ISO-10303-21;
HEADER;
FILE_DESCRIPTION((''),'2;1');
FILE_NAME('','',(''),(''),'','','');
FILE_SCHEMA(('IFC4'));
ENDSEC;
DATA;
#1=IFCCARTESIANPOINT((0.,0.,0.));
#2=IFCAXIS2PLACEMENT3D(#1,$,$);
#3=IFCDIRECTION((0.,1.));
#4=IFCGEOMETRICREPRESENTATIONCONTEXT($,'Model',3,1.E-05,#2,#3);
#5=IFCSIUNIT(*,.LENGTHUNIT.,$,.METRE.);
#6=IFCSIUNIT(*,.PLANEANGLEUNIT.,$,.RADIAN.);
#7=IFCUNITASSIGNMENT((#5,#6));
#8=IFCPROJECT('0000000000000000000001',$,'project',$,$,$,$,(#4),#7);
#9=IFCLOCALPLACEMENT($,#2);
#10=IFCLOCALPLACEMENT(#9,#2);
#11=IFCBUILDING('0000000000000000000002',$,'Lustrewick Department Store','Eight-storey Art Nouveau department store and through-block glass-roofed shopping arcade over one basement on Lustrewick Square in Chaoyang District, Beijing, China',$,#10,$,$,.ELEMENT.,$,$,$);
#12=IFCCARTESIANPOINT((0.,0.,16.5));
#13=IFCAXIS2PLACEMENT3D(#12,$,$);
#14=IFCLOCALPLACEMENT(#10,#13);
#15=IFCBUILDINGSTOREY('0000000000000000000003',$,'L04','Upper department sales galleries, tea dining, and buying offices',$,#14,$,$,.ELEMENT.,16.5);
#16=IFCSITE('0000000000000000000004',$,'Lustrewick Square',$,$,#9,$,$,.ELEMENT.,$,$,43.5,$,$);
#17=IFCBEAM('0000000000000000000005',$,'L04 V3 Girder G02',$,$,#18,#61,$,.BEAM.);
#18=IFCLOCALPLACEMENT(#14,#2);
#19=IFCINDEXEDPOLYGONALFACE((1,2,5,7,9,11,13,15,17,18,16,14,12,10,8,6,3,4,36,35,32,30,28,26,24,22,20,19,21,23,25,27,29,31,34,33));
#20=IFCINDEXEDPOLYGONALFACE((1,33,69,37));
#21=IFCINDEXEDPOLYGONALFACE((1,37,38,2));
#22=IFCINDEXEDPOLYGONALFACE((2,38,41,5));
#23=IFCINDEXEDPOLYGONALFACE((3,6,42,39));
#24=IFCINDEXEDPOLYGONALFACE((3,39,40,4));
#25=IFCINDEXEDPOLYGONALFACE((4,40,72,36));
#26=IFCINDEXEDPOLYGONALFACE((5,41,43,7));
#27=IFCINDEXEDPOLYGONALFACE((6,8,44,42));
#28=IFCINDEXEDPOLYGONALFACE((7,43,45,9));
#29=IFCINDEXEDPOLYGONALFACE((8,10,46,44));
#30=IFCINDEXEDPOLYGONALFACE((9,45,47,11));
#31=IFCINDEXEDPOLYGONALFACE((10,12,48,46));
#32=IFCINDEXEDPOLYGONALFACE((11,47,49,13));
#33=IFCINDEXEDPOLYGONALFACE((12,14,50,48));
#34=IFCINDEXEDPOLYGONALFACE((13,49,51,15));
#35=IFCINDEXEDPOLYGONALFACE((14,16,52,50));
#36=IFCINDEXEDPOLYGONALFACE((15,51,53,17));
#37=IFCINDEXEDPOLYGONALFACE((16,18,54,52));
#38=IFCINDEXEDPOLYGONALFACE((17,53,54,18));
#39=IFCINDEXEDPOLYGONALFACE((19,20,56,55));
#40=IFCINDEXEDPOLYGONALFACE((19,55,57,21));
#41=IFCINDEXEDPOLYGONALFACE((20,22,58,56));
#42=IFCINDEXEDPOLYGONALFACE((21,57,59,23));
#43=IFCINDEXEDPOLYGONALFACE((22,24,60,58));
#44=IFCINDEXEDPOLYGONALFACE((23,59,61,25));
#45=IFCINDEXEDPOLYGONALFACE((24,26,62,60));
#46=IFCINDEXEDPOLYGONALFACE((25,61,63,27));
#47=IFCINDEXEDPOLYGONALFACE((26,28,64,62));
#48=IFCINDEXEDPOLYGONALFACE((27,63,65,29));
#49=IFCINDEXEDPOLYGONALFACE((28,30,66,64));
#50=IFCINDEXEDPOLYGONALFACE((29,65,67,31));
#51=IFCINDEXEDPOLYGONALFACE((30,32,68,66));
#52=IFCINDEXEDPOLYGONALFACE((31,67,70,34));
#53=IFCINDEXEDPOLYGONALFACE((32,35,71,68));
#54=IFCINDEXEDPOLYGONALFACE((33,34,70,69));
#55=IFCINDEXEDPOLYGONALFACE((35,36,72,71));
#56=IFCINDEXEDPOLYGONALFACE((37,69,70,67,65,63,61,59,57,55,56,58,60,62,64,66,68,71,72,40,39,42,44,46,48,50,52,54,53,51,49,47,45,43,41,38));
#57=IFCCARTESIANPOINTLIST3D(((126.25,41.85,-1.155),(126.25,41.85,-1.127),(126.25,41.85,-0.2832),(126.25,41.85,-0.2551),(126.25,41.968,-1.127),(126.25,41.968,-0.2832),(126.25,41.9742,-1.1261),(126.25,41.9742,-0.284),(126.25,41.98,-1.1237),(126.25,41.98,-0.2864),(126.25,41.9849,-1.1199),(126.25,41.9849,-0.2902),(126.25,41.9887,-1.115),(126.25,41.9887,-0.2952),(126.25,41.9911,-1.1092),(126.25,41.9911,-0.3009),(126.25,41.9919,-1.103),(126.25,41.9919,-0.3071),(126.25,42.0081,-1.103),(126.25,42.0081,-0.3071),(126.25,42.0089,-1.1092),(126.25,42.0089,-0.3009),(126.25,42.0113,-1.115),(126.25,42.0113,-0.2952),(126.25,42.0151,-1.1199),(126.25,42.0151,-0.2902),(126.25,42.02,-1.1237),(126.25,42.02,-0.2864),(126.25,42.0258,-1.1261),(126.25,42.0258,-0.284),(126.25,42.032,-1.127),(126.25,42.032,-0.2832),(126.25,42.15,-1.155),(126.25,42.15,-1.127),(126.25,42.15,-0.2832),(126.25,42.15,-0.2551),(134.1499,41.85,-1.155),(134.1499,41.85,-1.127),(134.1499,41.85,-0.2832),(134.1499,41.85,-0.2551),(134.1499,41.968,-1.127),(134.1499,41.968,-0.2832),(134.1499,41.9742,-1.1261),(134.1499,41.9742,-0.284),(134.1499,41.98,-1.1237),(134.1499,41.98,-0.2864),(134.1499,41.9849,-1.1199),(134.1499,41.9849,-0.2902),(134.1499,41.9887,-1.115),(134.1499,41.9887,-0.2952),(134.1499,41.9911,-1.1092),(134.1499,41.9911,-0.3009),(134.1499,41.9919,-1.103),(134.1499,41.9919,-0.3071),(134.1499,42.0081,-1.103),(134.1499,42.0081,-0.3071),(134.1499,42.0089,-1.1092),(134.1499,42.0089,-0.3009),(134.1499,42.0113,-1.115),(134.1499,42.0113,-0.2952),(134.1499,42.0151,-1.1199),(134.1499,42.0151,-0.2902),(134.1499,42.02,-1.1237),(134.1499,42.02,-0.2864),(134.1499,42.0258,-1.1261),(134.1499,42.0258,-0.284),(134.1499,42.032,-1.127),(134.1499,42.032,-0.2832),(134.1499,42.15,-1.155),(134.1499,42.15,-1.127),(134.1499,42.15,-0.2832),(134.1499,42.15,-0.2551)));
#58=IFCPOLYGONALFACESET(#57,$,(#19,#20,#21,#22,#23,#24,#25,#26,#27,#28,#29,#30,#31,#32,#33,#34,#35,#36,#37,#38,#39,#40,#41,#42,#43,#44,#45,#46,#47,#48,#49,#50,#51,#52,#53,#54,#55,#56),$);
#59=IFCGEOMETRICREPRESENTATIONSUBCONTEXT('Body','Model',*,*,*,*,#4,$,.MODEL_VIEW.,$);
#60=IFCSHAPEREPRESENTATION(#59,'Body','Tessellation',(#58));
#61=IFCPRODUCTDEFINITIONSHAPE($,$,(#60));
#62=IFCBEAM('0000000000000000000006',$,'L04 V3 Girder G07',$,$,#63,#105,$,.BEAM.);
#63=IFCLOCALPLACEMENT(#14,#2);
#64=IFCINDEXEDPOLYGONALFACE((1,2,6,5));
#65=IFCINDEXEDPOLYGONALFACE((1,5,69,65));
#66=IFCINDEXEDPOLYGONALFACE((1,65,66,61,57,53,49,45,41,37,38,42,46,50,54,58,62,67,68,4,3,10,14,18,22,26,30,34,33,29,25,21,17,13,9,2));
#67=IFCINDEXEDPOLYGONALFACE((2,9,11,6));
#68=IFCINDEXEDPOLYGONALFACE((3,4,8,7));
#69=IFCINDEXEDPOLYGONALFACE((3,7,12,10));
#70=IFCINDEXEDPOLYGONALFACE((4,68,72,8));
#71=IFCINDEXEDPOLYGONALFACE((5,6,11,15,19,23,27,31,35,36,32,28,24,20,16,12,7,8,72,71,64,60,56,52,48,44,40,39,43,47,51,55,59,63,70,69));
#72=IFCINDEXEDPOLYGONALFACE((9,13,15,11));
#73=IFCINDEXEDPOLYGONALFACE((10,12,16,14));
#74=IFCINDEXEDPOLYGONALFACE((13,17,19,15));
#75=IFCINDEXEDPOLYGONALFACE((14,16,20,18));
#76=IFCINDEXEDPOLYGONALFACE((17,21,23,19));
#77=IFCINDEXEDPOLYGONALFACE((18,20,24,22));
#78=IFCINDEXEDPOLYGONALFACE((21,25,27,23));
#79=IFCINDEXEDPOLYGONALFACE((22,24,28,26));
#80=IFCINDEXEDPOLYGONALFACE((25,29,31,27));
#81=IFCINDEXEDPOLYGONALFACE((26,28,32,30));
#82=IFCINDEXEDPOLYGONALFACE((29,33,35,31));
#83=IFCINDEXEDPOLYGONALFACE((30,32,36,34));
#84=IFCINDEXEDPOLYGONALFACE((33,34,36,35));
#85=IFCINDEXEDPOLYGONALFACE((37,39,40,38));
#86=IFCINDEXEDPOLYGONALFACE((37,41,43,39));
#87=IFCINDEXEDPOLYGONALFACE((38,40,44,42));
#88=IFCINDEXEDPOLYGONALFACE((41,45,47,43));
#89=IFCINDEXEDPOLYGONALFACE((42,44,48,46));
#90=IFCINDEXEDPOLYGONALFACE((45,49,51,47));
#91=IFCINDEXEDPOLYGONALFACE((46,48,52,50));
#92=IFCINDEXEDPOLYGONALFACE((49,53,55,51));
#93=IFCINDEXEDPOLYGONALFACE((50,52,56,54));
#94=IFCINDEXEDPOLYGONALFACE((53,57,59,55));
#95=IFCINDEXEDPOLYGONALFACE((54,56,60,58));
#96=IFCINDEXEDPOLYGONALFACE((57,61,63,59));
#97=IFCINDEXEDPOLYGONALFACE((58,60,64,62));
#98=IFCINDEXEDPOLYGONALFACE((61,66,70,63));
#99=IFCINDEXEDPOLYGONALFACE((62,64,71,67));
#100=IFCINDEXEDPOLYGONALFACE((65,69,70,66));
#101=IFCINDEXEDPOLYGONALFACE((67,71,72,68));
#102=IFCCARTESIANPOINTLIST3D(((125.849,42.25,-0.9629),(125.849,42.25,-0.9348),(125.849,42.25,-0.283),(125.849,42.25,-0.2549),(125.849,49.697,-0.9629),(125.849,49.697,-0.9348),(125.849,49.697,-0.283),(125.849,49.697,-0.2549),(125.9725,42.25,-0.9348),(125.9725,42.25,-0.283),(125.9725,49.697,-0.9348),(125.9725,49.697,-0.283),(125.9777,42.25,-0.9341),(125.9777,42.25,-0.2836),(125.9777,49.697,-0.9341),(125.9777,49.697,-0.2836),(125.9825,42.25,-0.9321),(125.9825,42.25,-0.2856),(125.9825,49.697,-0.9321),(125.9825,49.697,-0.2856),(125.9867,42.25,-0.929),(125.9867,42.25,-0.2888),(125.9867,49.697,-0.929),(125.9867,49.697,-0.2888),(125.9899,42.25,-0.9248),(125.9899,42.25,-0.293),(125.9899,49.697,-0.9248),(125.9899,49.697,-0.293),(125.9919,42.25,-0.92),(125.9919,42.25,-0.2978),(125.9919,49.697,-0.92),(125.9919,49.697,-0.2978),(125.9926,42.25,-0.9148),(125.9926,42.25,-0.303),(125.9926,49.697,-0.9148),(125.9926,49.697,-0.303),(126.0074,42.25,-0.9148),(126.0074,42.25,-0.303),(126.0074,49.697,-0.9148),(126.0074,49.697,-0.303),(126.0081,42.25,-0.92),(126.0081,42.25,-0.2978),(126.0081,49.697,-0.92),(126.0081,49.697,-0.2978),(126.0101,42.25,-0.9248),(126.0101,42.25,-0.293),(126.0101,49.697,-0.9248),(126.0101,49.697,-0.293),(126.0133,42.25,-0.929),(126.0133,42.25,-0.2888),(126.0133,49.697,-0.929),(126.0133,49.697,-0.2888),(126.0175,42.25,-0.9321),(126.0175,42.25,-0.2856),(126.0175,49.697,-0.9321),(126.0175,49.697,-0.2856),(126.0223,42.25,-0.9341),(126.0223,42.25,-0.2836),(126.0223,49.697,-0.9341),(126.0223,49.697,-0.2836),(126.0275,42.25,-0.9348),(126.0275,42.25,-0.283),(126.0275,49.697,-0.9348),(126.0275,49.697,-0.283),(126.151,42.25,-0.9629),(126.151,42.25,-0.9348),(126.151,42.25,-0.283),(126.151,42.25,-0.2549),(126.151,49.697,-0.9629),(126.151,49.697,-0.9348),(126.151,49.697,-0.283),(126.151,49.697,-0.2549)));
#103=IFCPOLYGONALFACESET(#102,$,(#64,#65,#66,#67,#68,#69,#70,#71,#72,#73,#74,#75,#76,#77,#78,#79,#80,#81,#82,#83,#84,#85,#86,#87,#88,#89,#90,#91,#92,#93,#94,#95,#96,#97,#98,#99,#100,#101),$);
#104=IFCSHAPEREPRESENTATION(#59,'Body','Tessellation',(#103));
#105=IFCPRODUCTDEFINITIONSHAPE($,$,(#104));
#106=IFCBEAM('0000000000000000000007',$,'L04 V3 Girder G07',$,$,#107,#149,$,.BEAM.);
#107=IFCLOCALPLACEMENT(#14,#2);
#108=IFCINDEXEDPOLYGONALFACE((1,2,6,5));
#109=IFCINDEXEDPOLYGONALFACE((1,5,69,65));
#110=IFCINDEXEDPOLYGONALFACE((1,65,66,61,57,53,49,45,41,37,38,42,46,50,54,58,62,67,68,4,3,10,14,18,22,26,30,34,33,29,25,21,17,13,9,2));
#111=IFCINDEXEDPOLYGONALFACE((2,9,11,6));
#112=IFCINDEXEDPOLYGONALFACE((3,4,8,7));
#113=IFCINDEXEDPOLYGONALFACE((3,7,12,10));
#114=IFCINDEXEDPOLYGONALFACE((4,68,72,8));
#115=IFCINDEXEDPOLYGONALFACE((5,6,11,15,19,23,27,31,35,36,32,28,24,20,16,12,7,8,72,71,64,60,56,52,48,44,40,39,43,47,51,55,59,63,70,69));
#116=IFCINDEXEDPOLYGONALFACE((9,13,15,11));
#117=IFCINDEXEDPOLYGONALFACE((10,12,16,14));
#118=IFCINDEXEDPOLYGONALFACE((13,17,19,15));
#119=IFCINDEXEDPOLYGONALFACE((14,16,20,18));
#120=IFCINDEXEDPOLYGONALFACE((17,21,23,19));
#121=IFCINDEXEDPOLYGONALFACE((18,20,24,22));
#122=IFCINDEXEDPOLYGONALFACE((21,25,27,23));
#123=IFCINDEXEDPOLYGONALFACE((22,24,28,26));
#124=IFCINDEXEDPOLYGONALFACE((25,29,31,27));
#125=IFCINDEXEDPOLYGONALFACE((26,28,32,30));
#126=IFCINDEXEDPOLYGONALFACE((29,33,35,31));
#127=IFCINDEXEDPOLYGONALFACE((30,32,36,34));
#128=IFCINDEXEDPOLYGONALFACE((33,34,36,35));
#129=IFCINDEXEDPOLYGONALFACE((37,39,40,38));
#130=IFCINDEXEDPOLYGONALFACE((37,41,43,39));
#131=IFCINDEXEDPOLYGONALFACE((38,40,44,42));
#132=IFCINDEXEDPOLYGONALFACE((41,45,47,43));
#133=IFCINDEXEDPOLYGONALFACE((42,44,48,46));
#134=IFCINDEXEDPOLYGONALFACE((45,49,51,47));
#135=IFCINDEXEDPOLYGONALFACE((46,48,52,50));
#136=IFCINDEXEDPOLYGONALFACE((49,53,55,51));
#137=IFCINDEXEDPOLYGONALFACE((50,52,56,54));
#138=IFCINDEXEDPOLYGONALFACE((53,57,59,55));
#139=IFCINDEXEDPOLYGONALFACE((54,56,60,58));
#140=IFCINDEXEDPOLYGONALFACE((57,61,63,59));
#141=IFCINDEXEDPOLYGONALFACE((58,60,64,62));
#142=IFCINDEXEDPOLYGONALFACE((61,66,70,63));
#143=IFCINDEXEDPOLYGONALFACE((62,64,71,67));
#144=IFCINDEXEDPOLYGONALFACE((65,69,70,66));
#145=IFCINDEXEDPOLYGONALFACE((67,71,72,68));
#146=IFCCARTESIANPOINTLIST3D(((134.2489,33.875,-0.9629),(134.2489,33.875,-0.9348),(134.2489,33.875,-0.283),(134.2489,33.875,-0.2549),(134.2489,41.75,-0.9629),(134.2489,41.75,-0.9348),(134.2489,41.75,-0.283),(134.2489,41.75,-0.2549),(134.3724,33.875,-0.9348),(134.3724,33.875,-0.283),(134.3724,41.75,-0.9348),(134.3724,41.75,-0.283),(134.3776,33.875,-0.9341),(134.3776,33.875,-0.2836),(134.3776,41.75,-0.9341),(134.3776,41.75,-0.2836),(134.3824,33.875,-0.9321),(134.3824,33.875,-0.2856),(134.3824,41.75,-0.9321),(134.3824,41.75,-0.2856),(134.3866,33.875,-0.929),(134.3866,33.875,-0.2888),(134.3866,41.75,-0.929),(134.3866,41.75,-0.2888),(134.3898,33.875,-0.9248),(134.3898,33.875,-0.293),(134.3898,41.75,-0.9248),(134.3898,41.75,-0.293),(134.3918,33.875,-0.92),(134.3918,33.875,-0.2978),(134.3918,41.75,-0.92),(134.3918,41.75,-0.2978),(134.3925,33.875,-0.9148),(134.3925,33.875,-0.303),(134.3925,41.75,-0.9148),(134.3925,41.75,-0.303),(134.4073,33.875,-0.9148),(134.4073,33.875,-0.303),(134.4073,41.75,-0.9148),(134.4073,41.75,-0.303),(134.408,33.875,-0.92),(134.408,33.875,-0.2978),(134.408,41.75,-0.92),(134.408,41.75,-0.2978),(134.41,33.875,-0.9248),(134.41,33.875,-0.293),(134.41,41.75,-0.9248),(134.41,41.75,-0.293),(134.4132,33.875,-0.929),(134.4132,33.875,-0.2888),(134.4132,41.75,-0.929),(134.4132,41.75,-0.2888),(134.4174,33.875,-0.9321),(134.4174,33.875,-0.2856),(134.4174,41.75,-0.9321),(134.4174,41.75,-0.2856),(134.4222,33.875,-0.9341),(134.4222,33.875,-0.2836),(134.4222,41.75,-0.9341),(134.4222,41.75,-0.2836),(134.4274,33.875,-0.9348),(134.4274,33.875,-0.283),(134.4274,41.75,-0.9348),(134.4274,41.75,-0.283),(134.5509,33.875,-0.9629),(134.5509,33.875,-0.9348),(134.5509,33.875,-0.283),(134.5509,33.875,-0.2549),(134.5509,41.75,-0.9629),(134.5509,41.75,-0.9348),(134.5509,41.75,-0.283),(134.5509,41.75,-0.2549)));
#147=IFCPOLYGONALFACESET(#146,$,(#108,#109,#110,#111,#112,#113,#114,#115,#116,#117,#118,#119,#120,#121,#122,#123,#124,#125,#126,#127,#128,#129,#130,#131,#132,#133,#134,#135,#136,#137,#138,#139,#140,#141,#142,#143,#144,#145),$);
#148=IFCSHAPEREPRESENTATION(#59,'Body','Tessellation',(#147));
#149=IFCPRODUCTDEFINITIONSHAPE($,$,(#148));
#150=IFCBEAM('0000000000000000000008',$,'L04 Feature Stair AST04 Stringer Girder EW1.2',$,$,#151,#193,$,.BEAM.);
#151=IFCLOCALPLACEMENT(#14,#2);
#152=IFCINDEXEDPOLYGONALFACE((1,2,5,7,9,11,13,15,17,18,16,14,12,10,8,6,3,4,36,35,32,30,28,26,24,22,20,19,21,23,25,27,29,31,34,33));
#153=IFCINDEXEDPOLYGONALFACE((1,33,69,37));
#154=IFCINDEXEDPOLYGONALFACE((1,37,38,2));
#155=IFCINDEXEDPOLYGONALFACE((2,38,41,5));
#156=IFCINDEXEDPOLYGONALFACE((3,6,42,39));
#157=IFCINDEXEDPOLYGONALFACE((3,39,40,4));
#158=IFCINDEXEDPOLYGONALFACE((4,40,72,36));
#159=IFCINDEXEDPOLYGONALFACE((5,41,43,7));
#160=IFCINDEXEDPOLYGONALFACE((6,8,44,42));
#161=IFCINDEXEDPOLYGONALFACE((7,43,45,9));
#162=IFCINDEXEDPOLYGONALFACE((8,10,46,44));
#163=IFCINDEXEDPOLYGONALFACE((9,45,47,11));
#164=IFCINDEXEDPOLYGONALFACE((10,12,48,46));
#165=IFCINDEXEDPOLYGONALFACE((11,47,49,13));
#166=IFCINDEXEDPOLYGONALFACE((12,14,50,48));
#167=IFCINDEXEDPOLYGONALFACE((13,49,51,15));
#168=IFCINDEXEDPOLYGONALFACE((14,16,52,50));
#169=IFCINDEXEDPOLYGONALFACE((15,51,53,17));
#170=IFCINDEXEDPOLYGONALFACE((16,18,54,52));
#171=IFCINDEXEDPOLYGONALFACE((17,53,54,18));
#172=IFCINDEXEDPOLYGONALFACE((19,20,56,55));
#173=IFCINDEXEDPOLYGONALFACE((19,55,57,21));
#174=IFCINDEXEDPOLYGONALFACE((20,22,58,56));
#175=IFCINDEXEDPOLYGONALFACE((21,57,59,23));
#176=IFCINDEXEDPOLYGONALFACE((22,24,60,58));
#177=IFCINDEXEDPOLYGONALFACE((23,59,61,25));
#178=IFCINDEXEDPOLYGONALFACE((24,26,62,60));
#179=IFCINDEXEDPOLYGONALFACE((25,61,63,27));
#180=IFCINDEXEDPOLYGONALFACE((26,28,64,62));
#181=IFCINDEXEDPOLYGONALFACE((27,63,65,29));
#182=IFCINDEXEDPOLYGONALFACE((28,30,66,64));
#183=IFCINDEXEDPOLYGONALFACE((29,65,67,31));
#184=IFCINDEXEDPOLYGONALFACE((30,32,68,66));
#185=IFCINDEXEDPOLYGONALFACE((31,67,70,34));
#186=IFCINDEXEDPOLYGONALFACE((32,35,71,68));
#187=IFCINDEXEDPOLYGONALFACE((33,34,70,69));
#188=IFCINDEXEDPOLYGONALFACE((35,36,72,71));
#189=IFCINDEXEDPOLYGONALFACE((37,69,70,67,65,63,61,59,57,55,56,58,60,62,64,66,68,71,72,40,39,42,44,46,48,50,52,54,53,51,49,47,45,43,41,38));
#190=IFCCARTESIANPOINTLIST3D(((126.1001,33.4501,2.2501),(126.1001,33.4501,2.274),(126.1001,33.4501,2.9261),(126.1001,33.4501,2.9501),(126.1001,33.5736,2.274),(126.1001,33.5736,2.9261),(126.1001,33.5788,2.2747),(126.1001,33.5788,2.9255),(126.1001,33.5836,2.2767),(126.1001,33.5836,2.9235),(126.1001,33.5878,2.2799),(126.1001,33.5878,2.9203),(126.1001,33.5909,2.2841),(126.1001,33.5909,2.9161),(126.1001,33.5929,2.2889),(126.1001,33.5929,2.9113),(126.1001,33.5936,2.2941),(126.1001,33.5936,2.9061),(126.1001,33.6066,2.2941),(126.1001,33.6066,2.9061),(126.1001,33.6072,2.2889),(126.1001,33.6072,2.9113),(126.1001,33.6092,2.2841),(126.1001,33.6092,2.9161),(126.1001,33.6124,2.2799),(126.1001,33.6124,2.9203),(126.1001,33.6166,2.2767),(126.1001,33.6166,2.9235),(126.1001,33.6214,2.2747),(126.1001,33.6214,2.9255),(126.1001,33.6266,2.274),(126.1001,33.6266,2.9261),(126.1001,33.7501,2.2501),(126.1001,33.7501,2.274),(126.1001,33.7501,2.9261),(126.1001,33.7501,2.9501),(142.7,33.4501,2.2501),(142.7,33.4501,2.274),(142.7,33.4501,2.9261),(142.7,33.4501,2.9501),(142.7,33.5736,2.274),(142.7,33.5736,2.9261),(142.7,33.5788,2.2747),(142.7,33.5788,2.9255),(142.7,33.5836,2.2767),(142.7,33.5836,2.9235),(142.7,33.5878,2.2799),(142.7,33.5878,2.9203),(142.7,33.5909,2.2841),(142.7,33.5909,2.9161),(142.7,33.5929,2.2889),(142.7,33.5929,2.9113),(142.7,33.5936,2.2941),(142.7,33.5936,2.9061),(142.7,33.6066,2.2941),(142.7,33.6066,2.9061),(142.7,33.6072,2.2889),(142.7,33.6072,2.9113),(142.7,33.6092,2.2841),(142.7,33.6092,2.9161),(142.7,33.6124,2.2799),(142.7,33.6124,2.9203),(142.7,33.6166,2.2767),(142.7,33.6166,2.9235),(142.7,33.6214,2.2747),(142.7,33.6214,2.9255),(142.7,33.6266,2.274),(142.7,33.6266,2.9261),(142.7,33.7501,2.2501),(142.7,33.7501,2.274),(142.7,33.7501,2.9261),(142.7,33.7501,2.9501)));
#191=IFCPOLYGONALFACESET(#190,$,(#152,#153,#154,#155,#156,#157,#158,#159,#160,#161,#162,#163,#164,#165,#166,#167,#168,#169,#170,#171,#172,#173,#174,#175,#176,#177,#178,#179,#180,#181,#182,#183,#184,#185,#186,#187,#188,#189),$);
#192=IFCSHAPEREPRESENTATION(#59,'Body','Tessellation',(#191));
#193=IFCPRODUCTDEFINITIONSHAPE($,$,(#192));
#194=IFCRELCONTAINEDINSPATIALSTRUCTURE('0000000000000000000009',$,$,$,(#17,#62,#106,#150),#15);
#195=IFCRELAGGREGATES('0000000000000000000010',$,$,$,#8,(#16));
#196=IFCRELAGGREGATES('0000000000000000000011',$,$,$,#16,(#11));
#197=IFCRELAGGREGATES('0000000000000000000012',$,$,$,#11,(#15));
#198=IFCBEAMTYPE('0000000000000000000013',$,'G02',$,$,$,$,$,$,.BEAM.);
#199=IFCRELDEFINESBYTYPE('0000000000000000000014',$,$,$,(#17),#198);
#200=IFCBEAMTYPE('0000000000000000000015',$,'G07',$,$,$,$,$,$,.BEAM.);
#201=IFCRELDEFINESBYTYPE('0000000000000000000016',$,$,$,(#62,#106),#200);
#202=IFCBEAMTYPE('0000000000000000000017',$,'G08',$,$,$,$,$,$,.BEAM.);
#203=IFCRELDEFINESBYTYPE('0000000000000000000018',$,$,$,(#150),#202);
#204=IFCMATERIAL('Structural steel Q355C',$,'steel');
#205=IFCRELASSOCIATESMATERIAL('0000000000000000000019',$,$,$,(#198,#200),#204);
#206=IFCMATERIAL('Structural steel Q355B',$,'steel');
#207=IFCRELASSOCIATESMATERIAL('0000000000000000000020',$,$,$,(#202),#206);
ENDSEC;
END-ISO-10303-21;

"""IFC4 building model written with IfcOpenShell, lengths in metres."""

from ifc_helpers import new_model, si_unit, direction, frame, origin, origin_2d, place, context, subcontext, project, spatial, i_section, extrude, material, material_profile, profile_set, type_object, element, save


model = new_model("IFC4")

# Units and contexts
model_context = context("Model", 3, precision=1e-05, world=origin(), true_north=direction((0.0, 1.0)))
body_context = subcontext(model_context, "Body", "Model", "MODEL_VIEW")
ifc_project = project(units=[si_unit("LENGTHUNIT", "METRE"), si_unit("PLANEANGLEUNIT", "RADIAN")], contexts=[model_context])

# Site, building, storey
site_placement = place(None, origin())
site = spatial("IfcSite", under=ifc_project, at=site_placement, Name="Lustrewick Square", CompositionType="ELEMENT", RefElevation=43.5)
building_placement = place(site_placement, origin())
building = spatial("IfcBuilding", under=site, at=building_placement, Name="Lustrewick Department Store", Description="Eight-storey Art Nouveau department store and through-block glass-roofed shopping arcade over one basement on Lustrewick Square in Chaoyang District, Beijing, China", CompositionType="ELEMENT")
storey_placement = place(building_placement, frame((0.0, 0.0, 16.5)))
storey = spatial("IfcBuildingStorey", under=building, at=storey_placement, Name="L04", Description="Upper department sales galleries, tea dining, and buying offices", CompositionType="ELEMENT", Elevation=16.5)

# Shared definitions
ifc_material_1 = material(Name="Structural steel Q355B", Category="steel")

# Beams
ifc_material_2 = material(Name="Structural steel Q355C", Category="steel")
ifc_material_profile_1 = material_profile(ifc_material_2, i_section(OverallWidth=0.3, OverallDepth=0.8999, WebThickness=0.0161, FlangeThickness=0.0281, FilletRadius=0.0239, at=origin_2d()), Name="HN 900x300x16x28")
ifc_profile_set_1 = profile_set([ifc_material_profile_1], Name="Structural steel Q355C")
beam_type_1 = type_object("IfcBeamType", Name="G02", PredefinedType="BEAM", material=ifc_profile_set_1)
beam_1_placement = place(storey_placement, frame((126.25, 42.0, -0.7051), z_axis=(1.0, 0.0, 0.0), x_axis=(0.0, 1.0, 0.0)))
element("IfcBeam", 1, at=beam_1_placement, inside=storey, type_object=beam_type_1, Name="L04 V3 Girder G02", PredefinedType="BEAM", context=body_context, shape_type="SweptSolid", body=[
    extrude(i_section(OverallWidth=0.3, OverallDepth=0.8999, WebThickness=0.0161, FlangeThickness=0.0281, FilletRadius=0.0239, at=origin_2d()), origin(), (0.0, 0.0, 1.0), 7.8999),
])
ifc_material_profile_2 = material_profile(ifc_material_2, i_section(OverallWidth=0.302, OverallDepth=0.708, WebThickness=0.0149, FlangeThickness=0.0281, FilletRadius=0.02, at=origin_2d()), Name="HN 708x302x15x28")
ifc_profile_set_2 = profile_set([ifc_material_profile_2], Name="Structural steel Q355C")
beam_type_2 = type_object("IfcBeamType", Name="G07", PredefinedType="BEAM", material=ifc_profile_set_2)
beam_2_placement = place(storey_placement, frame((126.0, 42.25, -0.6089), z_axis=(0.0, 1.0, 0.0), x_axis=(-1.0, 0.0, 0.0)))
element("IfcBeam", 2, at=beam_2_placement, inside=storey, type_object=beam_type_2, Name="L04 V3 Girder G07", PredefinedType="BEAM", context=body_context, shape_type="SweptSolid", body=[
    extrude(i_section(OverallWidth=0.302, OverallDepth=0.708, WebThickness=0.0149, FlangeThickness=0.0281, FilletRadius=0.02, at=origin_2d()), origin(), (0.0, 0.0, 1.0), 7.447),
])
beam_3_placement = place(storey_placement, frame((134.3999, 33.875, -0.6089), z_axis=(0.0, 1.0, 0.0), x_axis=(-1.0, 0.0, 0.0)))
element("IfcBeam", 3, at=beam_3_placement, inside=storey, type_object=beam_type_2, Name="L04 V3 Girder G07", PredefinedType="BEAM", context=body_context, shape_type="SweptSolid", body=[
    extrude(i_section(OverallWidth=0.302, OverallDepth=0.708, WebThickness=0.0149, FlangeThickness=0.0281, FilletRadius=0.02, at=origin_2d()), origin(), (0.0, 0.0, 1.0), 7.875),
])
ifc_material_profile_3 = material_profile(ifc_material_1, i_section(OverallWidth=0.3, OverallDepth=0.7, WebThickness=0.0129, FlangeThickness=0.0239, FilletRadius=0.02, at=origin_2d()), Name="HN 700x300x13x24")
ifc_profile_set_3 = profile_set([ifc_material_profile_3], Name="Structural steel Q355B")
beam_type_3 = type_object("IfcBeamType", Name="G08", PredefinedType="BEAM", material=ifc_profile_set_3)
beam_4_placement = place(storey_placement, frame((126.1001, 33.6001, 2.6001), z_axis=(1.0, 0.0, 0.0), x_axis=(0.0, 1.0, 0.0)))
element("IfcBeam", 4, at=beam_4_placement, inside=storey, type_object=beam_type_3, Name="L04 Feature Stair AST04 Stringer Girder EW1.2", PredefinedType="BEAM", context=body_context, shape_type="SweptSolid", body=[
    extrude(i_section(OverallWidth=0.3, OverallDepth=0.7, WebThickness=0.0129, FlangeThickness=0.0239, FilletRadius=0.02, at=origin_2d()), origin(), (0.0, 0.0, 1.0), 16.5999),
])

save(model, "model.ifc")
